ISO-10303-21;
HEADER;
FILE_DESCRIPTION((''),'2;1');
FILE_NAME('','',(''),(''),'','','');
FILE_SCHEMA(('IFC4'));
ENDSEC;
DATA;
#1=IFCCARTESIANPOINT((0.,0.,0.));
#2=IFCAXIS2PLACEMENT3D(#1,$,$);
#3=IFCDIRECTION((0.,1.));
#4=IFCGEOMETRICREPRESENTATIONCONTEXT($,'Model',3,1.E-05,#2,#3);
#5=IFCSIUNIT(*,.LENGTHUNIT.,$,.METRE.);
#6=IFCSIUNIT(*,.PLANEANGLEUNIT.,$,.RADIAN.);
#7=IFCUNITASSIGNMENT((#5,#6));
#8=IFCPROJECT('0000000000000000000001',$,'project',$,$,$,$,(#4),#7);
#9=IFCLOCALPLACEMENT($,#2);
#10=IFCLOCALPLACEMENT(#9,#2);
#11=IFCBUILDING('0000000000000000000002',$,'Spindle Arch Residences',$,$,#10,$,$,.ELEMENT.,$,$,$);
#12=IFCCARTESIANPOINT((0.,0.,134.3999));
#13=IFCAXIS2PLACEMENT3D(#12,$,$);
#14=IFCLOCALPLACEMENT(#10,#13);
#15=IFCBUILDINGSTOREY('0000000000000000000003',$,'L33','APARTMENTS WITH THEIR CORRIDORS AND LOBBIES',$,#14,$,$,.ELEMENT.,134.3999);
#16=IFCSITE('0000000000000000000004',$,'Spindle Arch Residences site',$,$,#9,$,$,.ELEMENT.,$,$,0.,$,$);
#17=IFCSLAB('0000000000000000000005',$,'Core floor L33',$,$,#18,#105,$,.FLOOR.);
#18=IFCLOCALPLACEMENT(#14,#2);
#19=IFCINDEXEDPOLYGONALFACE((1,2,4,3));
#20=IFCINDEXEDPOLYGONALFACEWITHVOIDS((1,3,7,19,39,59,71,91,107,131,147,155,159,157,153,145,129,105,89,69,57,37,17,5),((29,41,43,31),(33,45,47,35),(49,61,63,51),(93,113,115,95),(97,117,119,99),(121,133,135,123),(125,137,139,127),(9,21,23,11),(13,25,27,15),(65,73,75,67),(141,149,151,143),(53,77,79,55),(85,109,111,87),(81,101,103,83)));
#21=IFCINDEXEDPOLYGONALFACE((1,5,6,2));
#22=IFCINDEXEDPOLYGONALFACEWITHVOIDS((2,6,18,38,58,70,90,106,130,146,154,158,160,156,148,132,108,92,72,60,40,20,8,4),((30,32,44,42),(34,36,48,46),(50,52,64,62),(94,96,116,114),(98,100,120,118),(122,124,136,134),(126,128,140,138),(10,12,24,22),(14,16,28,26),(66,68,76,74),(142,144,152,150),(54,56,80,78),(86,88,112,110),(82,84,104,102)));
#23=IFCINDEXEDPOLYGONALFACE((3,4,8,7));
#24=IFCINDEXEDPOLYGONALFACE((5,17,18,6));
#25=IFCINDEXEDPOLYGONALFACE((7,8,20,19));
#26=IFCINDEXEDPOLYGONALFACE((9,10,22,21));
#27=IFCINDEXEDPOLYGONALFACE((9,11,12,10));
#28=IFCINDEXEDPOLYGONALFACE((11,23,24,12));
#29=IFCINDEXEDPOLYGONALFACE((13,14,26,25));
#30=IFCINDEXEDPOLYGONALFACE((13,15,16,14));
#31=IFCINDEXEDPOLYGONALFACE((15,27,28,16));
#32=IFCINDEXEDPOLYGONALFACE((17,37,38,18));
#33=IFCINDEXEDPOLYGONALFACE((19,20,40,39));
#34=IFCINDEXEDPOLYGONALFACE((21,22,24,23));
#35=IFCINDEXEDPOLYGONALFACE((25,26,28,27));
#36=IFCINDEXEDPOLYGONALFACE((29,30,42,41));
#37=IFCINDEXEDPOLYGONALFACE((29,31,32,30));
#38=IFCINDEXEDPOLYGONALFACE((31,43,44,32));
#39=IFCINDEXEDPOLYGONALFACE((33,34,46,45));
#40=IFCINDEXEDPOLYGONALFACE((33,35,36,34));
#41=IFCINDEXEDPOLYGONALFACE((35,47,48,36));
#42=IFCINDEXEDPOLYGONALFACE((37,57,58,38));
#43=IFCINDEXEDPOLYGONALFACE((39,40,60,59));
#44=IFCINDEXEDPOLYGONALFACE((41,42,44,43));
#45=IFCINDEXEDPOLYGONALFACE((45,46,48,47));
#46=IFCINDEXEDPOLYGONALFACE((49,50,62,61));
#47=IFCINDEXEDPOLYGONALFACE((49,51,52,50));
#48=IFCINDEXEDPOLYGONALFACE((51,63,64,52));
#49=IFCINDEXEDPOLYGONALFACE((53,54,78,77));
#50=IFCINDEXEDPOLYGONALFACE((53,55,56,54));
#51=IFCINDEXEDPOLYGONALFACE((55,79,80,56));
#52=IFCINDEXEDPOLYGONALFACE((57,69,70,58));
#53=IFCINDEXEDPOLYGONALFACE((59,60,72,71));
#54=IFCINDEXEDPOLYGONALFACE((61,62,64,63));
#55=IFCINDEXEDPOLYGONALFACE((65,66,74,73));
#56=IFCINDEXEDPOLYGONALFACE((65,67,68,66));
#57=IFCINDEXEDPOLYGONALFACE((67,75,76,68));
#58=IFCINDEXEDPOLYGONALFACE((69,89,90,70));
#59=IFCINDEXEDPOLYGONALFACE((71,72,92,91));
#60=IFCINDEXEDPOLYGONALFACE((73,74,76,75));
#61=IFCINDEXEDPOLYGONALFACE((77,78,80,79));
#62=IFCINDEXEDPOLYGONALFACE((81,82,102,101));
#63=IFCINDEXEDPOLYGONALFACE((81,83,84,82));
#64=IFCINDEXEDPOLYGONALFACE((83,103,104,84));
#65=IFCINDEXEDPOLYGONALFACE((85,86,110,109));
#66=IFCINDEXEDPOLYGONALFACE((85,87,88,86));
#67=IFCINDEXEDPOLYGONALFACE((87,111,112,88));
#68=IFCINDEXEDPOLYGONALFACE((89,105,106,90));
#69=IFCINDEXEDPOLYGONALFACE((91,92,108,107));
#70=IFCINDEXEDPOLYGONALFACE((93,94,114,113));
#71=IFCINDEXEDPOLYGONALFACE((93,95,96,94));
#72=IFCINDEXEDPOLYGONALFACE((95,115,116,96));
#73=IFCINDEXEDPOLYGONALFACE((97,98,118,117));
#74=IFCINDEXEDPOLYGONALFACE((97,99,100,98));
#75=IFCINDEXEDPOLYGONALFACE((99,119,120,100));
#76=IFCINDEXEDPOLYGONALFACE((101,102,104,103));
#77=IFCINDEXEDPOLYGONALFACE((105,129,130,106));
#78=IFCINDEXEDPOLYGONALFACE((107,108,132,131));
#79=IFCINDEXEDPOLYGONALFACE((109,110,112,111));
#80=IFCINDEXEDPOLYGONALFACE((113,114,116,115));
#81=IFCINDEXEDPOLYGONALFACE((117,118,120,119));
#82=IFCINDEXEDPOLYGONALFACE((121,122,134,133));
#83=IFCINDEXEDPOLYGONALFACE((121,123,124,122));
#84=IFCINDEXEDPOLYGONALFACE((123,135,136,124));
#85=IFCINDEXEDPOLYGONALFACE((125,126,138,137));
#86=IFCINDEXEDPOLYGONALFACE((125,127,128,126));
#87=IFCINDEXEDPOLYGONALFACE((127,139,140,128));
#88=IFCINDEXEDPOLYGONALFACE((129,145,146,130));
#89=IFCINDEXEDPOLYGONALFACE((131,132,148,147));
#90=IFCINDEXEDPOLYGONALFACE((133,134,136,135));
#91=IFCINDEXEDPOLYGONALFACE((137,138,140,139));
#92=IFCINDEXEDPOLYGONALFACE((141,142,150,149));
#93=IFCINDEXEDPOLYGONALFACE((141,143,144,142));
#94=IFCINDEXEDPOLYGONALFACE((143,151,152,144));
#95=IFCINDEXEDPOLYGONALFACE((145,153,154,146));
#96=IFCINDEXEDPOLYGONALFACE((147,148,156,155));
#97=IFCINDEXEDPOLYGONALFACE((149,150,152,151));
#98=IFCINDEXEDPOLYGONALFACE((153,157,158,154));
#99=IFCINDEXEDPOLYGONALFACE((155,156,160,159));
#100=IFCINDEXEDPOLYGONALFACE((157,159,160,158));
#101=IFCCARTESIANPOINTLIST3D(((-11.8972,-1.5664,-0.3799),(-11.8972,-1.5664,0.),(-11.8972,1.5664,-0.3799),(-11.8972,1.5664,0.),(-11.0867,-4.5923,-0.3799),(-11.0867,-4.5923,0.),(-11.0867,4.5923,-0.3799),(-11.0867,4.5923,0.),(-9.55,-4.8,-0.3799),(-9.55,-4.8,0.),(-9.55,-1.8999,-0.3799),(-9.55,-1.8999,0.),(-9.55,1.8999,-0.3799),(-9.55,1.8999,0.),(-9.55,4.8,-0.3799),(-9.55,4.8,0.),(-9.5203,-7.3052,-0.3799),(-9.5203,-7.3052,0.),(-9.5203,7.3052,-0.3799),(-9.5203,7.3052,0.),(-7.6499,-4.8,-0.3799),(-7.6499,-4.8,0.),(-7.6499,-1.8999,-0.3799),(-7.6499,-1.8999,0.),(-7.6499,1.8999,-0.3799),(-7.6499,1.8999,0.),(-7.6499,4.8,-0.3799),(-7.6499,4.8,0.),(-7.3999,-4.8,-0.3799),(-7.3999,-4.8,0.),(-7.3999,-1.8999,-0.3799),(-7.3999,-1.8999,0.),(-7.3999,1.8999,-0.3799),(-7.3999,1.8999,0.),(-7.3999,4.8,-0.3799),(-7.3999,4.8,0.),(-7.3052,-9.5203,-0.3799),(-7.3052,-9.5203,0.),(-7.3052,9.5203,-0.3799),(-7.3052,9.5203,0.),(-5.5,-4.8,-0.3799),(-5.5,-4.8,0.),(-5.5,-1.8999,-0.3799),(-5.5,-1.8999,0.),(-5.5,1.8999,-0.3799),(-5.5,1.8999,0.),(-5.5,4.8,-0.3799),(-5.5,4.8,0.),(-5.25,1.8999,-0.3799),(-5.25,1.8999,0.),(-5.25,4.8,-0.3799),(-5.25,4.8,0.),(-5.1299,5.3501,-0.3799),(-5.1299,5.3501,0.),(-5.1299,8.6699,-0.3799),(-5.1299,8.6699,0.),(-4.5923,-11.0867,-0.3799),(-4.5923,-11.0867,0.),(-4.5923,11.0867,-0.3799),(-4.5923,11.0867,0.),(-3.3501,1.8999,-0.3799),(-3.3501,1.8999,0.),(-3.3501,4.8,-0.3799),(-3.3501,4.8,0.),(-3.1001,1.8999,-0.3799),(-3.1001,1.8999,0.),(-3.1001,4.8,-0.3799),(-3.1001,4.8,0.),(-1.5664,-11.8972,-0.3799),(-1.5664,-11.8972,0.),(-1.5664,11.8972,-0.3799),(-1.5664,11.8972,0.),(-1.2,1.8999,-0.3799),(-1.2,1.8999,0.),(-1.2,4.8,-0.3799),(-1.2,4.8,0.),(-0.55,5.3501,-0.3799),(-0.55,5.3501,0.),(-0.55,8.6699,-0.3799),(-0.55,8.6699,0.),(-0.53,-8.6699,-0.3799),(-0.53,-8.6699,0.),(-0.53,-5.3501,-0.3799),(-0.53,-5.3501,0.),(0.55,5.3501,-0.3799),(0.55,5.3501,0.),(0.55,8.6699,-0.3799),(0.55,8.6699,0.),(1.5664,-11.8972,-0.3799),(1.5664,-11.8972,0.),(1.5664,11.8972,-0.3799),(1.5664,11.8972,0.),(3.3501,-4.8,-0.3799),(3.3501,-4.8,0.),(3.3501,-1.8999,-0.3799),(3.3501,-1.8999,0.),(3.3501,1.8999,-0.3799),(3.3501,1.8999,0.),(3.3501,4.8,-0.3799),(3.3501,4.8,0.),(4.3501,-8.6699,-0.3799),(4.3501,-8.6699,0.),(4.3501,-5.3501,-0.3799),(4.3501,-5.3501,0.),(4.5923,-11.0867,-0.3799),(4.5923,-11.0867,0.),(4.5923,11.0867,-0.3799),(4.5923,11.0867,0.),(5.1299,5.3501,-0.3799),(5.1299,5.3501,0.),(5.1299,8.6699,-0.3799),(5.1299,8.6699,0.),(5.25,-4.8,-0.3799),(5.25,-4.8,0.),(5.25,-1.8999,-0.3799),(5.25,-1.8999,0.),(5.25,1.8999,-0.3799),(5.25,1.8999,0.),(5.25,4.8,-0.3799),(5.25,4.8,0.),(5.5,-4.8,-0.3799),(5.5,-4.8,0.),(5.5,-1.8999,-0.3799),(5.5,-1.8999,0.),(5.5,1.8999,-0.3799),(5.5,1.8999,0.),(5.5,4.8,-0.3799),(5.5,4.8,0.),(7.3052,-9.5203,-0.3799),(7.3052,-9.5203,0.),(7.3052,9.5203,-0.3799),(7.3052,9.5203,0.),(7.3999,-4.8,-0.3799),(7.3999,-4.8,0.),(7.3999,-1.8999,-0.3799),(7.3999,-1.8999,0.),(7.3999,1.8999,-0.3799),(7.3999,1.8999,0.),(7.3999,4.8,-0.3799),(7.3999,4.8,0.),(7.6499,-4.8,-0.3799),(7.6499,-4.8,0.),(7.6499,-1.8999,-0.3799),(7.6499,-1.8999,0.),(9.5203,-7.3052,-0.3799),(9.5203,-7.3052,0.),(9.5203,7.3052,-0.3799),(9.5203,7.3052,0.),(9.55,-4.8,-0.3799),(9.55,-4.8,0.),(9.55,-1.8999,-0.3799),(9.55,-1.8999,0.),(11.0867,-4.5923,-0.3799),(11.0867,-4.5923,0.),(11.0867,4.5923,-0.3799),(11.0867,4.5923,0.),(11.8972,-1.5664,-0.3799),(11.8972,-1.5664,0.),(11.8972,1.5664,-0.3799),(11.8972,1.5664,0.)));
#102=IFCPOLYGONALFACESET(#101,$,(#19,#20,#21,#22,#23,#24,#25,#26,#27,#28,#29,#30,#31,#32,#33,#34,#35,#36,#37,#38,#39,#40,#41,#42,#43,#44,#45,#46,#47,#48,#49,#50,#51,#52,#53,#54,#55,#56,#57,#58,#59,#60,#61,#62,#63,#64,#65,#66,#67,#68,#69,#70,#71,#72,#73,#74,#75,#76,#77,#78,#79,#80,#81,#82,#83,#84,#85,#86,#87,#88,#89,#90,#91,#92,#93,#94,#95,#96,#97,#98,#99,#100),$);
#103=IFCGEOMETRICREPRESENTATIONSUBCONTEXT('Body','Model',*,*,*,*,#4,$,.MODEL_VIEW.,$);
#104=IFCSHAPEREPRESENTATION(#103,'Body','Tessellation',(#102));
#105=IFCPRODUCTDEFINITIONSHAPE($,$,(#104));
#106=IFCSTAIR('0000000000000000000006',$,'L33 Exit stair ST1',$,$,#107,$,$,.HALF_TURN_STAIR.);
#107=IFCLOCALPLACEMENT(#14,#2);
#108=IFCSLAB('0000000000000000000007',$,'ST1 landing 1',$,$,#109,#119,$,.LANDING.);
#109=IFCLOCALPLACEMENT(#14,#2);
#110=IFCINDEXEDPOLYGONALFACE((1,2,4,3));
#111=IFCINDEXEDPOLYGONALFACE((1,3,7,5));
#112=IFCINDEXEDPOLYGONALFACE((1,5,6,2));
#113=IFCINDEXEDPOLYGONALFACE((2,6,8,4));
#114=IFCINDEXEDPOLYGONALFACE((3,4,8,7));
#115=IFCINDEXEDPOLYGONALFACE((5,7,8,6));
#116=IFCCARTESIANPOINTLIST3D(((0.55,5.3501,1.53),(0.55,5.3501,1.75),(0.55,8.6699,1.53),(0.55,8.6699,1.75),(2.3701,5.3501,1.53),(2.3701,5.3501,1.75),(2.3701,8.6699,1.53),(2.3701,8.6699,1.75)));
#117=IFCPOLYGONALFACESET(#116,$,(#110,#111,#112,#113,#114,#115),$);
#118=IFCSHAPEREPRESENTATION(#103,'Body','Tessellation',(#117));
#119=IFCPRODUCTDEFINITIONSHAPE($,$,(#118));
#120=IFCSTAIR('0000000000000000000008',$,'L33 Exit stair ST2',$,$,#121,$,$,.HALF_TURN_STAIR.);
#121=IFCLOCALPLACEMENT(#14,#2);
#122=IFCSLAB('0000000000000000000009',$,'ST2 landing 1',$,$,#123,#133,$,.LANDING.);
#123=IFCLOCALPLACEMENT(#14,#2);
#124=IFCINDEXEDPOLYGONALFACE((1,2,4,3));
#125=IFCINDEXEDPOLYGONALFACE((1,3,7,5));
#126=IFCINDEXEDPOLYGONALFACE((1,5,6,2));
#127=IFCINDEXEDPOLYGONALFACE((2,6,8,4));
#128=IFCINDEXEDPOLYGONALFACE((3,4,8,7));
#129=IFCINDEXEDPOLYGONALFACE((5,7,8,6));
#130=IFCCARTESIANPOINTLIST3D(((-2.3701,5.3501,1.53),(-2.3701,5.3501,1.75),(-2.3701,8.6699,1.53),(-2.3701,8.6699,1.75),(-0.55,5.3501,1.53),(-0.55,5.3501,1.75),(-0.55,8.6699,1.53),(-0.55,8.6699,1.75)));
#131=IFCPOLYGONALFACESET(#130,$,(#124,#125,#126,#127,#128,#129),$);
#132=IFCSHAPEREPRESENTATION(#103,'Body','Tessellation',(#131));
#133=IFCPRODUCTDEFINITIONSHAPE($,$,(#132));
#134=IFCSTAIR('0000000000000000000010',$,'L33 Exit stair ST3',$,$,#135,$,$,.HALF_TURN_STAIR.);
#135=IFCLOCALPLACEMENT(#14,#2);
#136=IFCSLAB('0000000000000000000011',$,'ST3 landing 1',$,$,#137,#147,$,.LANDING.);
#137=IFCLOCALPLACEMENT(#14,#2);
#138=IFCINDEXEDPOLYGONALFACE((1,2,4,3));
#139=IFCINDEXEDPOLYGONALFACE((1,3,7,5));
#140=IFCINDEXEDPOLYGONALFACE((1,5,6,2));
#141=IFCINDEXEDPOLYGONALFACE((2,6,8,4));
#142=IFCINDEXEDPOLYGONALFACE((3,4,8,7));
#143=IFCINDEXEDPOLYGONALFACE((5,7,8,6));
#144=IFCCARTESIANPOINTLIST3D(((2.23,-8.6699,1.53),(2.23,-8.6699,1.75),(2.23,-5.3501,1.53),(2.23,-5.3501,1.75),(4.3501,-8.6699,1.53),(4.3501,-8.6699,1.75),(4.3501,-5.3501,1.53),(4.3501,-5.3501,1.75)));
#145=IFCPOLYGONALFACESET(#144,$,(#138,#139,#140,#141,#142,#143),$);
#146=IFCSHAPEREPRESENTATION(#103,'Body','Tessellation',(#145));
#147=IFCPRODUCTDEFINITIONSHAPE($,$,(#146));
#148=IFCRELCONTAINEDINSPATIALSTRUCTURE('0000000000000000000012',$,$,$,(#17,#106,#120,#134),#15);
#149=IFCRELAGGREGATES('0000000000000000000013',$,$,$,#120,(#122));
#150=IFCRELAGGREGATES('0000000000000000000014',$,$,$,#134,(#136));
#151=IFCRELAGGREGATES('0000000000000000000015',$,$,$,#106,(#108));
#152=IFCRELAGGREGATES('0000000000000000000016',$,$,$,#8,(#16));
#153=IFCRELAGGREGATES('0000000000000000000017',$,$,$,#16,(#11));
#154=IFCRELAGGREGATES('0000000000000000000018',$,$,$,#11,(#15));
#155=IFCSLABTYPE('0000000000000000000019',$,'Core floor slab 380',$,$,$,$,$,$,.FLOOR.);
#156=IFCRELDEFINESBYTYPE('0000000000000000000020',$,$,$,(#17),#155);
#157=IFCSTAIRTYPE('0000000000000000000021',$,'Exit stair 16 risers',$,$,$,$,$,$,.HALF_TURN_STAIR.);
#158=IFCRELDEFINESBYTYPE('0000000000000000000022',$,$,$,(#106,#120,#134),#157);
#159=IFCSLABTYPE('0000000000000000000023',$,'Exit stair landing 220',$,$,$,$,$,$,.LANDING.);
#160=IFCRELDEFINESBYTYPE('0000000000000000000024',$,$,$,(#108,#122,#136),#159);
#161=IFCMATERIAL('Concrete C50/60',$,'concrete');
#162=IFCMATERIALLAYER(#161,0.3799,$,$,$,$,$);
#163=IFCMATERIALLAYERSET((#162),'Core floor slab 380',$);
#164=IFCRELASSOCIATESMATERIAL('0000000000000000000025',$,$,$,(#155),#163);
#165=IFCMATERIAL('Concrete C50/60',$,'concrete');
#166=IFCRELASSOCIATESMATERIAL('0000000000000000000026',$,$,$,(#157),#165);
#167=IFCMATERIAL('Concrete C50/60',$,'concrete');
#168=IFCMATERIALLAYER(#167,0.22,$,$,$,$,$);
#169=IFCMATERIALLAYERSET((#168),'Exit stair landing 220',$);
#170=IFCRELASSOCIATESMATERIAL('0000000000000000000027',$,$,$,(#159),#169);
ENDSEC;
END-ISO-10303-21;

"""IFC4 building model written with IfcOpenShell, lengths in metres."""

from ifc_helpers import new_model, si_unit, direction, frame, origin, place, context, subcontext, project, spatial, polyline, outline, extrude, material, layer, layer_set, type_object, element, aggregate, save


model = new_model("IFC4")

# Units and contexts
model_context = context("Model", 3, precision=1e-05, world=origin(), true_north=direction((0.0, 1.0)))
body_context = subcontext(model_context, "Body", "Model", "MODEL_VIEW")
ifc_project = project(units=[si_unit("LENGTHUNIT", "METRE"), si_unit("PLANEANGLEUNIT", "RADIAN")], contexts=[model_context])

# Site, building, storey
site_placement = place(None, origin())
site = spatial("IfcSite", under=ifc_project, at=site_placement, Name="Spindle Arch Residences site", CompositionType="ELEMENT", RefElevation=0.0)
building_placement = place(site_placement, origin())
building = spatial("IfcBuilding", under=site, at=building_placement, Name="Spindle Arch Residences", CompositionType="ELEMENT")
storey_placement = place(building_placement, frame((0.0, 0.0, 134.3999)))
storey = spatial("IfcBuildingStorey", under=building, at=storey_placement, Name="L33", Description="APARTMENTS WITH THEIR CORRIDORS AND LOBBIES", CompositionType="ELEMENT", Elevation=134.3999)

# Slab
ifc_material_1 = material(Name="Concrete C50/60", Category="concrete")
ifc_layer_1 = layer(ifc_material_1, 0.3799)
ifc_layer_set_1 = layer_set([ifc_layer_1], Name="Core floor slab 380")
slab_type_1 = type_object("IfcSlabType", Name="Core floor slab 380", PredefinedType="FLOOR", material=ifc_layer_set_1)
slab_1_placement = place(storey_placement, frame((0.0, 0.0, -0.3799)))
element("IfcSlab", 1, at=slab_1_placement, inside=storey, type_object=slab_type_1, Name="Core floor L33", PredefinedType="FLOOR", context=body_context, shape_type="SweptSolid", body=[
    extrude(outline(polyline([(1.5664, -11.8972), (4.5923, -11.0867), (7.3052, -9.5203), (9.5203, -7.3052), (11.0867, -4.5923), (11.8972, -1.5664), (11.8972, 1.5664), (11.0867, 4.5923), (9.5203, 7.3052), (7.3052, 9.5203), (4.5923, 11.0867), (1.5664, 11.8972), (-1.5664, 11.8972), (-4.5923, 11.0867), (-7.3052, 9.5203), (-9.5203, 7.3052), (-11.0867, 4.5923), (-11.8972, 1.5664), (-11.8972, -1.5664), (-11.0867, -4.5923), (-9.5203, -7.3052), (-7.3052, -9.5203), (-4.5923, -11.0867), (-1.5664, -11.8972), (1.5664, -11.8972)]), holes=[polyline([(-9.55, 1.8999), (-7.6499, 1.8999), (-7.6499, 4.8), (-9.55, 4.8), (-9.55, 1.8999)]), polyline([(-7.3999, 1.8999), (-5.5, 1.8999), (-5.5, 4.8), (-7.3999, 4.8), (-7.3999, 1.8999)]), polyline([(-5.25, 1.8999), (-3.3501, 1.8999), (-3.3501, 4.8), (-5.25, 4.8), (-5.25, 1.8999)]), polyline([(-3.1001, 1.8999), (-1.2, 1.8999), (-1.2, 4.8), (-3.1001, 4.8), (-3.1001, 1.8999)]), polyline([(3.3501, 1.8999), (5.25, 1.8999), (5.25, 4.8), (3.3501, 4.8), (3.3501, 1.8999)]), polyline([(5.5, 1.8999), (7.3999, 1.8999), (7.3999, 4.8), (5.5, 4.8), (5.5, 1.8999)]), polyline([(-9.55, -4.8), (-7.6499, -4.8), (-7.6499, -1.8999), (-9.55, -1.8999), (-9.55, -4.8)]), polyline([(-7.3999, -4.8), (-5.5, -4.8), (-5.5, -1.8999), (-7.3999, -1.8999), (-7.3999, -4.8)]), polyline([(3.3501, -4.8), (5.25, -4.8), (5.25, -1.8999), (3.3501, -1.8999), (3.3501, -4.8)]), polyline([(5.5, -4.8), (7.3999, -4.8), (7.3999, -1.8999), (5.5, -1.8999), (5.5, -4.8)]), polyline([(7.6499, -4.8), (9.55, -4.8), (9.55, -1.8999), (7.6499, -1.8999), (7.6499, -4.8)]), polyline([(5.1299, 8.6699), (0.55, 8.6699), (0.55, 5.3501), (5.1299, 5.3501), (5.1299, 8.6699)]), polyline([(-5.1299, 5.3501), (-0.55, 5.3501), (-0.55, 8.6699), (-5.1299, 8.6699), (-5.1299, 5.3501)]), polyline([(-0.53, -8.6699), (4.3501, -8.6699), (4.3501, -5.3501), (-0.53, -5.3501), (-0.53, -8.6699)])]), origin(), (0.0, 0.0, 1.0), 0.3799),
])

# Stairs, slabs
ifc_material_2 = material(Name="Concrete C50/60", Category="concrete")
stair_type = type_object("IfcStairType", Name="Exit stair 16 risers", PredefinedType="HALF_TURN_STAIR", material=ifc_material_2)
stair_1_placement = place(storey_placement, origin())
stair_1 = element("IfcStair", 2, at=stair_1_placement, inside=storey, type_object=stair_type, Name="L33 Exit stair ST1", PredefinedType="HALF_TURN_STAIR")
ifc_material_3 = material(Name="Concrete C50/60", Category="concrete")
ifc_layer_2 = layer(ifc_material_3, 0.22)
ifc_layer_set_2 = layer_set([ifc_layer_2], Name="Exit stair landing 220")
slab_type_2 = type_object("IfcSlabType", Name="Exit stair landing 220", PredefinedType="LANDING", material=ifc_layer_set_2)
slab_2_placement = place(storey_placement, frame((0.0, 0.0, 1.53)))
slab_2 = element("IfcSlab", 3, at=slab_2_placement, type_object=slab_type_2, Name="ST1 landing 1", PredefinedType="LANDING", context=body_context, shape_type="SweptSolid", body=[
    extrude(outline(polyline([(2.3701, 8.6699), (0.55, 8.6699), (0.55, 5.3501), (2.3701, 5.3501), (2.3701, 8.6699)])), origin(), (0.0, 0.0, 1.0), 0.22),
])
stair_2_placement = place(storey_placement, origin())
stair_2 = element("IfcStair", 4, at=stair_2_placement, inside=storey, type_object=stair_type, Name="L33 Exit stair ST2", PredefinedType="HALF_TURN_STAIR")
slab_3_placement = place(storey_placement, frame((0.0, 0.0, 1.53)))
slab_3 = element("IfcSlab", 5, at=slab_3_placement, type_object=slab_type_2, Name="ST2 landing 1", PredefinedType="LANDING", context=body_context, shape_type="SweptSolid", body=[
    extrude(outline(polyline([(-2.3701, 5.3501), (-0.55, 5.3501), (-0.55, 8.6699), (-2.3701, 8.6699), (-2.3701, 5.3501)])), origin(), (0.0, 0.0, 1.0), 0.22),
])
aggregate(stair_2, [slab_3])
stair_3_placement = place(storey_placement, origin())
stair_3 = element("IfcStair", 6, at=stair_3_placement, inside=storey, type_object=stair_type, Name="L33 Exit stair ST3", PredefinedType="HALF_TURN_STAIR")
slab_4_placement = place(storey_placement, frame((0.0, 0.0, 1.53)))
slab_4 = element("IfcSlab", 7, at=slab_4_placement, type_object=slab_type_2, Name="ST3 landing 1", PredefinedType="LANDING", context=body_context, shape_type="SweptSolid", body=[
    extrude(outline(polyline([(2.23, -8.6699), (4.3501, -8.6699), (4.3501, -5.3501), (2.23, -5.3501), (2.23, -8.6699)])), origin(), (0.0, 0.0, 1.0), 0.22),
])
aggregate(stair_3, [slab_4])

aggregate(stair_1, [slab_2])

save(model, "model.ifc")
